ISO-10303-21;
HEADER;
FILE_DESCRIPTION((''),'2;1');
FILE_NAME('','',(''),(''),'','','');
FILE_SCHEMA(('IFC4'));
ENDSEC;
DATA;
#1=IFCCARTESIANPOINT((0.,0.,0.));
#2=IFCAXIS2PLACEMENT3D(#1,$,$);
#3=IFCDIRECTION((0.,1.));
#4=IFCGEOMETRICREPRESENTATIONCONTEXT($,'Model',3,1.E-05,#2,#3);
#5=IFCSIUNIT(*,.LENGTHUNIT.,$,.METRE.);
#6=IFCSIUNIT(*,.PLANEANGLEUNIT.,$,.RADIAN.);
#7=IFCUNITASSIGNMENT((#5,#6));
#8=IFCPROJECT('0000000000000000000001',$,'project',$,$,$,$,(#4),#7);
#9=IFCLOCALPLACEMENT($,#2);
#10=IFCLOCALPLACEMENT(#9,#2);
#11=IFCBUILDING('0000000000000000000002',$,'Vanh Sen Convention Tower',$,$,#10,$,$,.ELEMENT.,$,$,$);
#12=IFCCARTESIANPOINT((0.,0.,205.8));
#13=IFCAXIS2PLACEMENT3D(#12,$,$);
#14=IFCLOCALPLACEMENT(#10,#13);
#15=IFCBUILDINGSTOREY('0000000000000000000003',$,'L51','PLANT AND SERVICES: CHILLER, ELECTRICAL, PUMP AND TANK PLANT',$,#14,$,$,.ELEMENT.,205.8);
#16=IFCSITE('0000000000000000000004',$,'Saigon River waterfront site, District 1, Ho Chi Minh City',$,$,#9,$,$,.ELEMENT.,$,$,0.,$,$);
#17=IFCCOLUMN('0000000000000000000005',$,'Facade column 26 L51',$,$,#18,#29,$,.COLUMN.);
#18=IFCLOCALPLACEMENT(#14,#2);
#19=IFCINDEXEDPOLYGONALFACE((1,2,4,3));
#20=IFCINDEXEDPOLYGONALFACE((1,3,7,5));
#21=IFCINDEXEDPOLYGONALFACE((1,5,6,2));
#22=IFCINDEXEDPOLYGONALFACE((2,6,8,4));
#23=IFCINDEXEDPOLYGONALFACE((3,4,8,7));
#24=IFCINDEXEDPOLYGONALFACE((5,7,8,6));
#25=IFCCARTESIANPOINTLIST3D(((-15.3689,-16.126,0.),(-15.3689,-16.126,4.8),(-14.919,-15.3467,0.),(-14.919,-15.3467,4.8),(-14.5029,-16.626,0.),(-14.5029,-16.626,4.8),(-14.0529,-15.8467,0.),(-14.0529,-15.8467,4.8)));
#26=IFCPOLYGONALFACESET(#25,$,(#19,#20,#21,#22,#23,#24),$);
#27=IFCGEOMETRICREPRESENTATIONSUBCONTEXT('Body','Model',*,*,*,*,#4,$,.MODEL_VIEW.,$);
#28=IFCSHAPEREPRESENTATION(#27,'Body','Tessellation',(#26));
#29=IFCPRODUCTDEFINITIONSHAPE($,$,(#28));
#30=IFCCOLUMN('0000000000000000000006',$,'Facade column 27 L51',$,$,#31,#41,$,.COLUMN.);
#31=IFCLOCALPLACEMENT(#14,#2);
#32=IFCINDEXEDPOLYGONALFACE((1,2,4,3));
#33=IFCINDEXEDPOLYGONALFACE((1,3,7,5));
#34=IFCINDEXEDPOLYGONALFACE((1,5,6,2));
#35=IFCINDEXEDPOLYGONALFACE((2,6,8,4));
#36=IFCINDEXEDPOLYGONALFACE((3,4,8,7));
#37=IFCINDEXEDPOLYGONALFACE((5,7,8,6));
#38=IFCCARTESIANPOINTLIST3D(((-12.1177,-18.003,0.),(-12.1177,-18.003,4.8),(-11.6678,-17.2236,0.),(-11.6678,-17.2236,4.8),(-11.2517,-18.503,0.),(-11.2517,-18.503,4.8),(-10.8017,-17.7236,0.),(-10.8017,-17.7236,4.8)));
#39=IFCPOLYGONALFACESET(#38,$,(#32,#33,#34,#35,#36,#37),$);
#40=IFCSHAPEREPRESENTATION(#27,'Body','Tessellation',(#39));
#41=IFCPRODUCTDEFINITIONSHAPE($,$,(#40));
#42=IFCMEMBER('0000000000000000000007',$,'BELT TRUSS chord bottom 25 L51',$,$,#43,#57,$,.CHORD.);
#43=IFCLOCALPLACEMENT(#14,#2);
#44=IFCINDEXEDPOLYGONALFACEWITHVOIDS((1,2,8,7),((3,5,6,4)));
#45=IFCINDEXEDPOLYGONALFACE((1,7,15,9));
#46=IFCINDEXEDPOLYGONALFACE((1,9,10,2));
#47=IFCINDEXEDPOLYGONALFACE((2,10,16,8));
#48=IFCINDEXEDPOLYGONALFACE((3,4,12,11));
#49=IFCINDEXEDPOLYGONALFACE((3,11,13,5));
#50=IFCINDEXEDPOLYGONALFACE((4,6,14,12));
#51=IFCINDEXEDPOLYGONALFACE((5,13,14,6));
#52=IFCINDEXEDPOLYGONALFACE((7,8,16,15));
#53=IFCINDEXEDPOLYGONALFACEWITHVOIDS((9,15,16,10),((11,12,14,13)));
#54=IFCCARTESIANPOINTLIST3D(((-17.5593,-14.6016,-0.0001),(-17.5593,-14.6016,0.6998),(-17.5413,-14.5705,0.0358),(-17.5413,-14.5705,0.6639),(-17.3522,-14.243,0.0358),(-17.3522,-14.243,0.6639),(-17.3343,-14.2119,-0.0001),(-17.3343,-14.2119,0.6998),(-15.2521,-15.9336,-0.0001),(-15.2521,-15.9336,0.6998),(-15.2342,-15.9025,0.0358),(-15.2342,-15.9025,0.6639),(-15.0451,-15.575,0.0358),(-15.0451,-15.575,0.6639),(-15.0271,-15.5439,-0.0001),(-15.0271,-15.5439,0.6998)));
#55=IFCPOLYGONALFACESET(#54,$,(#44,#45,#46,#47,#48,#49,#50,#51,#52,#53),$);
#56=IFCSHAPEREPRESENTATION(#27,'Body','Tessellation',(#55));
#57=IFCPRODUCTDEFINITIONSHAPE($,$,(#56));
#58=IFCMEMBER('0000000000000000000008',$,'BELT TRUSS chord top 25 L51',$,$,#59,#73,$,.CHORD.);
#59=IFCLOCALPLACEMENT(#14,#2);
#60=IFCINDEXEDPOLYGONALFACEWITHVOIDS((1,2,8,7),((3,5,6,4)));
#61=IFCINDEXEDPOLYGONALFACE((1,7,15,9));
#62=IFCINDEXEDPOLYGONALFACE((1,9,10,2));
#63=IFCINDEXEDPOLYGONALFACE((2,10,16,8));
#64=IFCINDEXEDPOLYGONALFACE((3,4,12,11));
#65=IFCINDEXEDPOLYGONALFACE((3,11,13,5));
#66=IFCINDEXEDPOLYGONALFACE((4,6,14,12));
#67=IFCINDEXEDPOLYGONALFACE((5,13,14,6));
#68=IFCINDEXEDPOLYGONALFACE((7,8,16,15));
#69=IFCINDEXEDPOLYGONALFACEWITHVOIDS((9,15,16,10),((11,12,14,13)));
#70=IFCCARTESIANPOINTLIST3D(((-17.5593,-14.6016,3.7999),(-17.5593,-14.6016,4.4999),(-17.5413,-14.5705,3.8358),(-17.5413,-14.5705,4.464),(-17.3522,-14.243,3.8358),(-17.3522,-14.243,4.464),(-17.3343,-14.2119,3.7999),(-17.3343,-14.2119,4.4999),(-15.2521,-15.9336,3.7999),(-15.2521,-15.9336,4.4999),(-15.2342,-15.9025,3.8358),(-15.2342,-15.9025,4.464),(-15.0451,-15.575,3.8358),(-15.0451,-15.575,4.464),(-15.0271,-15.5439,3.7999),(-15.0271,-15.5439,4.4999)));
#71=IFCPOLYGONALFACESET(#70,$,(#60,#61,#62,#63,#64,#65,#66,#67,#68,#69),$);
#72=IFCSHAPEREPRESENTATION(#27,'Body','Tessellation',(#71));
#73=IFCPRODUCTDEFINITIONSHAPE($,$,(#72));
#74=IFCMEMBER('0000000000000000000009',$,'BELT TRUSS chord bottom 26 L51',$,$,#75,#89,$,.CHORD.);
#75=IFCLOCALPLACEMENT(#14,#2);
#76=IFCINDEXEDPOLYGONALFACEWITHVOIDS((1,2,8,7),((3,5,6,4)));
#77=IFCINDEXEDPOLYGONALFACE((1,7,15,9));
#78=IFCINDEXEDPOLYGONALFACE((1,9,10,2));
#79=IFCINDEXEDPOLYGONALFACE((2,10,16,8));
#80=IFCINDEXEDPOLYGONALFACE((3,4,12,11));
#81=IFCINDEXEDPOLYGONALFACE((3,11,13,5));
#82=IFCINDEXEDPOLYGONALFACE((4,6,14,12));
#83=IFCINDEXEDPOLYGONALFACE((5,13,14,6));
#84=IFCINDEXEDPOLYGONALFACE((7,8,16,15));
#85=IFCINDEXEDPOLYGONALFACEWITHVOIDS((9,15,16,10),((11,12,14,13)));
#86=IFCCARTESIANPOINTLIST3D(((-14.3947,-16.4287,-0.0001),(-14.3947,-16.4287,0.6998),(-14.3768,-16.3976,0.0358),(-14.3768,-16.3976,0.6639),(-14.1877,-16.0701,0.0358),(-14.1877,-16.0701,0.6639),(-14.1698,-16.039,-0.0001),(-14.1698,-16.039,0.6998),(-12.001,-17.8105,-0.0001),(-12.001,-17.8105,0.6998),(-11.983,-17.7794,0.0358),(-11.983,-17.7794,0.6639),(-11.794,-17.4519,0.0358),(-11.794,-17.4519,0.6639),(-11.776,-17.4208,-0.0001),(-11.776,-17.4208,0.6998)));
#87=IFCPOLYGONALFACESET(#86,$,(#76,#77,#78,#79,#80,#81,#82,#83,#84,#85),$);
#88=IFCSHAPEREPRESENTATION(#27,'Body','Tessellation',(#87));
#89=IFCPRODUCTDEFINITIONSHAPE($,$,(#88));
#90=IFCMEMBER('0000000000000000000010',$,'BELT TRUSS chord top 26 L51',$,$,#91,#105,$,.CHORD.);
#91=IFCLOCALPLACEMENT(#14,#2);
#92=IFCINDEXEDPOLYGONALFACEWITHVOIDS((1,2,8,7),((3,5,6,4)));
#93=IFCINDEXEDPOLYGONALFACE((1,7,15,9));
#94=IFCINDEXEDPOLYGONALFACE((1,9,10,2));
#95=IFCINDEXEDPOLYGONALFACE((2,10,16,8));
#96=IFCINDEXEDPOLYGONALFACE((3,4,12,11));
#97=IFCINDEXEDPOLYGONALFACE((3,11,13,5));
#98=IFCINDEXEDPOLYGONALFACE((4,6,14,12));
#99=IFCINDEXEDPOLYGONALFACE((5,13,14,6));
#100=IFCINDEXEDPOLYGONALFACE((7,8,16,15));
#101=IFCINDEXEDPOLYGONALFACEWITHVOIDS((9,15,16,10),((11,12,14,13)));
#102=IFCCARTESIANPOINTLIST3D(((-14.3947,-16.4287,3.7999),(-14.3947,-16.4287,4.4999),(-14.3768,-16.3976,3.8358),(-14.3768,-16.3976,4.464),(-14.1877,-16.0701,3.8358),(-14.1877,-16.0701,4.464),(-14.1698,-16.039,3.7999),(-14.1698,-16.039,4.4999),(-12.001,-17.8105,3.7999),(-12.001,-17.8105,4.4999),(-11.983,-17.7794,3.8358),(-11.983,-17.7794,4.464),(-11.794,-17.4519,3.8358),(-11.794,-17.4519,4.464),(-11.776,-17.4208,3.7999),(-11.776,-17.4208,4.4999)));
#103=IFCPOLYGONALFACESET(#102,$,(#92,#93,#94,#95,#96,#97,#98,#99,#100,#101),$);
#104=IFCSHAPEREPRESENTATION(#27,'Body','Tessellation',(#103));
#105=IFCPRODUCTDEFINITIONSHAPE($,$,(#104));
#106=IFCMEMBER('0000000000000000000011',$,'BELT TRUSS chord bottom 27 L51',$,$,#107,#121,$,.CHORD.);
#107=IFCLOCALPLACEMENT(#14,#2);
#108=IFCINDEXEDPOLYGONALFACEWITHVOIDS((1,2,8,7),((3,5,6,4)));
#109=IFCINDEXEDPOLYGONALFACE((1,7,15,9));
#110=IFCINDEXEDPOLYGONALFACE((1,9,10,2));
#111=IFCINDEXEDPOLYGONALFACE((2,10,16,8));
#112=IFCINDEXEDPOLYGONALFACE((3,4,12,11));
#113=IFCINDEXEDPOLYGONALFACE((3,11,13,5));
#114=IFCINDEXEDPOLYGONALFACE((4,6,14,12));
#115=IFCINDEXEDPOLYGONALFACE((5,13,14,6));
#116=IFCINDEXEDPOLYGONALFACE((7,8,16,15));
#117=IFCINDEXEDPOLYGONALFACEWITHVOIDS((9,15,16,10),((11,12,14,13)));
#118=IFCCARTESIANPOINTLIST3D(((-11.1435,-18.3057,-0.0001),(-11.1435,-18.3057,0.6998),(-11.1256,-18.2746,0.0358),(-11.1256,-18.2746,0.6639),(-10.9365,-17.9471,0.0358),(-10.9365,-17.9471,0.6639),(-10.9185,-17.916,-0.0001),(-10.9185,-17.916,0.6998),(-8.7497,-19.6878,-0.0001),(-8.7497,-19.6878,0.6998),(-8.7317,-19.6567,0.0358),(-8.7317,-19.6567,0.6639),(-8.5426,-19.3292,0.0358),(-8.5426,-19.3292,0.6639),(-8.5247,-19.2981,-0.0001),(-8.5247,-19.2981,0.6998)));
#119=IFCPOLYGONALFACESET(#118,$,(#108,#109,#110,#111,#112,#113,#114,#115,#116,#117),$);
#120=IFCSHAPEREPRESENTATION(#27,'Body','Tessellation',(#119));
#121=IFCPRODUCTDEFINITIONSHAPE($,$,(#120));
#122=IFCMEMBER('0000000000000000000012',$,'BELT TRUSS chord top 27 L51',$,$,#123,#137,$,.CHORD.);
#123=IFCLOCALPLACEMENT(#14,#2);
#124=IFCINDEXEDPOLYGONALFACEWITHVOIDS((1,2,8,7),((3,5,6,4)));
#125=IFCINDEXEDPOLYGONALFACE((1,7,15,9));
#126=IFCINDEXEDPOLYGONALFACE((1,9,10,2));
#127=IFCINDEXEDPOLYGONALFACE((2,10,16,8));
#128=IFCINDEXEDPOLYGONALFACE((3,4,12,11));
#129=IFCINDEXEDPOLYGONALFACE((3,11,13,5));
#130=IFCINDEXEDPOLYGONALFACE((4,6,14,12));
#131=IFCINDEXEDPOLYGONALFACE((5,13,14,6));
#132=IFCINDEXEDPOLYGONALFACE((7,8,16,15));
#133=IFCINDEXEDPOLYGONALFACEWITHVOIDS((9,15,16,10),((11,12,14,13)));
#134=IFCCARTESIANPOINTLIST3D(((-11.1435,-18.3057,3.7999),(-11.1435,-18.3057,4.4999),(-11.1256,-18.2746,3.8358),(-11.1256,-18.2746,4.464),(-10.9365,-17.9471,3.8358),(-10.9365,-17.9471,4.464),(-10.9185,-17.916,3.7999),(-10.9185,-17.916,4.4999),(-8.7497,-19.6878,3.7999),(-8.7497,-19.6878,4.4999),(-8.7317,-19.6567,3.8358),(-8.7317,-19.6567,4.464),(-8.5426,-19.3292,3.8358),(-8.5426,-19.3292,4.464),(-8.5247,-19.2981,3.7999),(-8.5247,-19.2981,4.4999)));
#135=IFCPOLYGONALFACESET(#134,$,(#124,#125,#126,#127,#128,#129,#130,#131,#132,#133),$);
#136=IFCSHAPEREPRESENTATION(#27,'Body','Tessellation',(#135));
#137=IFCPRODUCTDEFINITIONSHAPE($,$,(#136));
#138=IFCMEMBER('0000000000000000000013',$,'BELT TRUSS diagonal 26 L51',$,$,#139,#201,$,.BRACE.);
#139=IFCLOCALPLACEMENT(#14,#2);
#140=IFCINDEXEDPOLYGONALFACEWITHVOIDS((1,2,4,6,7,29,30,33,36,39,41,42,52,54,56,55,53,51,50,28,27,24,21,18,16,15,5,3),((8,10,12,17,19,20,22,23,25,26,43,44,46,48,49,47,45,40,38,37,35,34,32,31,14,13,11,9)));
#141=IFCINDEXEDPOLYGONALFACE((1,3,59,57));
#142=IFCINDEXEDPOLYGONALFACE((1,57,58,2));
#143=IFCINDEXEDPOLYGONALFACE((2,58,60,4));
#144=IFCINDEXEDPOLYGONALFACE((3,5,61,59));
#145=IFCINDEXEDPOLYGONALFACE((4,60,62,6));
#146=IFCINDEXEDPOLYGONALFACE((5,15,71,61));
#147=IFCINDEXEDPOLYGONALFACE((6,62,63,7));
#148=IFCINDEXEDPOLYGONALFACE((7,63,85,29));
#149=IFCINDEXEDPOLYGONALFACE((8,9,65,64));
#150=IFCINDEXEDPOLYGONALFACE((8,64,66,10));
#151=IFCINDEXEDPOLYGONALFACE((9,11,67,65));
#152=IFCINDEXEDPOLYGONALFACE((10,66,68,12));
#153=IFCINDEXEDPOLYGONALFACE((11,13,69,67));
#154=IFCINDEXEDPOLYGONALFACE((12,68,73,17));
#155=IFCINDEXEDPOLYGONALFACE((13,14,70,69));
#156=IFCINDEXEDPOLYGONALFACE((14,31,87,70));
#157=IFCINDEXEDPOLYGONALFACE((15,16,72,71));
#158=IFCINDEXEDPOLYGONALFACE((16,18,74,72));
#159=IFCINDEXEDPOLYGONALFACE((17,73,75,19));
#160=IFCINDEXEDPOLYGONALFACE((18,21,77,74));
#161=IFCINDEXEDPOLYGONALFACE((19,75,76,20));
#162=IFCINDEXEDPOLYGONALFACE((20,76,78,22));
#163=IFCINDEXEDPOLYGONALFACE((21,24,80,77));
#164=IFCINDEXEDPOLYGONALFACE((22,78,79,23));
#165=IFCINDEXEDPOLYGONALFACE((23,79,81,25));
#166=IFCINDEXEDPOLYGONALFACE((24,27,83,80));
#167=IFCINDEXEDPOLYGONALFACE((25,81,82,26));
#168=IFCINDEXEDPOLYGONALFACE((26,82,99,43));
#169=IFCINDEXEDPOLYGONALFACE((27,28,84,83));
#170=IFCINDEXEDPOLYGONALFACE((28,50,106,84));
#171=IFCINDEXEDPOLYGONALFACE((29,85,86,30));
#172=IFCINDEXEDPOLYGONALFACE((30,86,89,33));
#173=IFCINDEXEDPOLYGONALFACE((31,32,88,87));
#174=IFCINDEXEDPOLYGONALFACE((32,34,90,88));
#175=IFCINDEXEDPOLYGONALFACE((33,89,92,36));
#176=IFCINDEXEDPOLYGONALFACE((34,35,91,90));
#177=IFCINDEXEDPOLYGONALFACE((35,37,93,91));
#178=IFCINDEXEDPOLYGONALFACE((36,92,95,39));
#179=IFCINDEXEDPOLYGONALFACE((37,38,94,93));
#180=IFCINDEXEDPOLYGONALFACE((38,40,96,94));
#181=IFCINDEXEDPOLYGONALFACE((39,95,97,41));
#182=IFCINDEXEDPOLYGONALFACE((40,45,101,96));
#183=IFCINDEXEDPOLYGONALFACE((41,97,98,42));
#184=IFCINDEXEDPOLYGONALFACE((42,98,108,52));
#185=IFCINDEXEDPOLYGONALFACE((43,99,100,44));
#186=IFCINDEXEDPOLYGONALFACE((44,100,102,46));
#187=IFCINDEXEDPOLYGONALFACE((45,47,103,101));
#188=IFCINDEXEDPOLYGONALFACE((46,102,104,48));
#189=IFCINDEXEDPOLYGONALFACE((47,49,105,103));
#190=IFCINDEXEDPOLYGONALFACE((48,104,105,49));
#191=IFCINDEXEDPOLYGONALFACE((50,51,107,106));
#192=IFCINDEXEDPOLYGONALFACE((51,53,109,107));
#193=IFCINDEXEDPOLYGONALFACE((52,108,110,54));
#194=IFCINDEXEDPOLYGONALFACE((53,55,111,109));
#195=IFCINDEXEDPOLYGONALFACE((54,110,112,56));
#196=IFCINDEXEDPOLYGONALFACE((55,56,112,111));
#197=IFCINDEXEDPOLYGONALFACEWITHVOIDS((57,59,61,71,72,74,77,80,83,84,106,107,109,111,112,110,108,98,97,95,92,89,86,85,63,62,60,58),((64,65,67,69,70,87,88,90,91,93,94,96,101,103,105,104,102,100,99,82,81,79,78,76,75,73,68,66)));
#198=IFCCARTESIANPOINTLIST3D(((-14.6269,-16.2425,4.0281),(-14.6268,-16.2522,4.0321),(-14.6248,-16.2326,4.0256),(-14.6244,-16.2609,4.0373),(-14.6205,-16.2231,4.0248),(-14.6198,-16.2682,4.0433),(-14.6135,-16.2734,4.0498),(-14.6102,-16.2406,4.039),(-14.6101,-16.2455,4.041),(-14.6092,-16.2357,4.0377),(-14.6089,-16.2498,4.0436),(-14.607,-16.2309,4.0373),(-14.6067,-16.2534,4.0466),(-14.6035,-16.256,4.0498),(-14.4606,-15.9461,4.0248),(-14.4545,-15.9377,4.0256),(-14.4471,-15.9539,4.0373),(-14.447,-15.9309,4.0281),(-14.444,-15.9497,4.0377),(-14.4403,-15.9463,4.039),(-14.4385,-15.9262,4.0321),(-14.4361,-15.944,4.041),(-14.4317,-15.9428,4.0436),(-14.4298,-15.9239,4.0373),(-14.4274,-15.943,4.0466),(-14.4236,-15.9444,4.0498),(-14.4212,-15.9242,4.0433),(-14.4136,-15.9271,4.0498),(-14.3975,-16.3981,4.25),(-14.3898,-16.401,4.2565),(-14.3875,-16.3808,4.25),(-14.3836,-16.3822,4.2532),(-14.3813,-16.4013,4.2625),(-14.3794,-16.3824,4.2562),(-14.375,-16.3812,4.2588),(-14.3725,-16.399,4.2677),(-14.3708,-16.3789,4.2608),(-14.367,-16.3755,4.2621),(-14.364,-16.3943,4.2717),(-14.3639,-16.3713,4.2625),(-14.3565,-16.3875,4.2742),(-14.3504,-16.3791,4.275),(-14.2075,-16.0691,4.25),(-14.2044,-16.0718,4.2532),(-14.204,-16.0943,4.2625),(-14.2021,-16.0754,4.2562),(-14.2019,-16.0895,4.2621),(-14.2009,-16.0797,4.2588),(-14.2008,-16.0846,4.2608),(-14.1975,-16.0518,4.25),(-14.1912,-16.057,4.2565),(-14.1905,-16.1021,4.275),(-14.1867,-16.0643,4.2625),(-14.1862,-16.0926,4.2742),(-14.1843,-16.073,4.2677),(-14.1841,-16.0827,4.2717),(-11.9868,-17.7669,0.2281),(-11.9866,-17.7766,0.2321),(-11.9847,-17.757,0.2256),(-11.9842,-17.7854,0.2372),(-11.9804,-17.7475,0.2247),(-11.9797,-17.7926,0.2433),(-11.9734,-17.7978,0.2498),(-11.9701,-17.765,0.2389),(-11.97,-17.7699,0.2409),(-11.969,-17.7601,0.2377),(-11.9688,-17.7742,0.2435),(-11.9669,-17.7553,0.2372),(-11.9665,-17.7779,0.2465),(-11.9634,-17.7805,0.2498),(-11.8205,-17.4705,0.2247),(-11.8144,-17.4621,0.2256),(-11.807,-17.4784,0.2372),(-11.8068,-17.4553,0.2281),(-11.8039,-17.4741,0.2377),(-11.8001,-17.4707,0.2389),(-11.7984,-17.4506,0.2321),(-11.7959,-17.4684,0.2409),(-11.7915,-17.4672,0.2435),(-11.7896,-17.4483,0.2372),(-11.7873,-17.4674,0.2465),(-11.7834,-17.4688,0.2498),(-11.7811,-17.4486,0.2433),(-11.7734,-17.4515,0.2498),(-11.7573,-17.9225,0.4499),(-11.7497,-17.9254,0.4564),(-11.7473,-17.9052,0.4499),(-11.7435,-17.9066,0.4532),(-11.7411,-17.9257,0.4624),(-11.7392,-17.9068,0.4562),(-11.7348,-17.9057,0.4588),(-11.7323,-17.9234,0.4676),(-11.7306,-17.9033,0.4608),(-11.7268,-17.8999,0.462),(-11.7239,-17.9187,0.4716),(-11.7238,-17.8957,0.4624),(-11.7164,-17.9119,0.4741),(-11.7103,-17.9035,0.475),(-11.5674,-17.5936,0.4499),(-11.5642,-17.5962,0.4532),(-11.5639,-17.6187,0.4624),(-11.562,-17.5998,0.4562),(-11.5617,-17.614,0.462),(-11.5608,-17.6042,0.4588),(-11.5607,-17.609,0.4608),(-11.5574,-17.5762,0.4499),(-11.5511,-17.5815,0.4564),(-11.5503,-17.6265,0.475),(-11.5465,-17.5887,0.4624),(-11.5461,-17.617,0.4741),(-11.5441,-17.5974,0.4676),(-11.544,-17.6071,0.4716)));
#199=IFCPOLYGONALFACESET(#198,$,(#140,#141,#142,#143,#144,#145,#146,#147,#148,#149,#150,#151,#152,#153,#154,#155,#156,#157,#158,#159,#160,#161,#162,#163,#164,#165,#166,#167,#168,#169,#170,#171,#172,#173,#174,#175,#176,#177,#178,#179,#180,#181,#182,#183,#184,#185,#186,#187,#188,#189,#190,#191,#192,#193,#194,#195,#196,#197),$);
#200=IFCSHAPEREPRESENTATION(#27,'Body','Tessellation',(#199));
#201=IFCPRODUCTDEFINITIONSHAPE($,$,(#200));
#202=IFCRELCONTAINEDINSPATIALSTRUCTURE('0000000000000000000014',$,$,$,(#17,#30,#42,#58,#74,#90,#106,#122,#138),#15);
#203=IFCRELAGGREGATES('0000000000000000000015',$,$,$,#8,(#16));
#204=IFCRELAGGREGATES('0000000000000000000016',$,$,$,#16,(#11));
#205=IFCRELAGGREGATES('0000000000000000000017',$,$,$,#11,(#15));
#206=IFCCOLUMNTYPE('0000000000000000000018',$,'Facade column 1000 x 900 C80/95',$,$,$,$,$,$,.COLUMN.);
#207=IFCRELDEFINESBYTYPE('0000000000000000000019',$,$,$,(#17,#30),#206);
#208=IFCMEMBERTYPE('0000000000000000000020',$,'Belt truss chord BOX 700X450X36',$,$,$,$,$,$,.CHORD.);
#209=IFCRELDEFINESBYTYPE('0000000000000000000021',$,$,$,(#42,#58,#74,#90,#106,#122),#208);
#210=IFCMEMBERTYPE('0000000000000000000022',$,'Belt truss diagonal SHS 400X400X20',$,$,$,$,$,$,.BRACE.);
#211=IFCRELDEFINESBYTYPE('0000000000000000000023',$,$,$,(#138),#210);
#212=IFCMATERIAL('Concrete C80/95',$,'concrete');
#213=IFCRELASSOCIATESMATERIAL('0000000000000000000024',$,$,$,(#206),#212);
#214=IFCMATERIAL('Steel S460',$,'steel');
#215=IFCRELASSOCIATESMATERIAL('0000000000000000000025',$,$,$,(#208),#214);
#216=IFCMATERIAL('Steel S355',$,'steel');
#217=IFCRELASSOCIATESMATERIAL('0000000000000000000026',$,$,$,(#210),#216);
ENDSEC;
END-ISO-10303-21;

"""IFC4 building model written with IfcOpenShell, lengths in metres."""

from ifc_helpers import new_model, si_unit, direction, frame, origin, origin_2d, place, context, subcontext, project, spatial, rectangle, hollow_rectangle, extrude, material, material_profile, profile_set, type_object, element, save


model = new_model("IFC4")

# Units and contexts
model_context = context("Model", 3, precision=1e-05, world=origin(), true_north=direction((0.0, 1.0)))
body_context = subcontext(model_context, "Body", "Model", "MODEL_VIEW")
ifc_project = project(units=[si_unit("LENGTHUNIT", "METRE"), si_unit("PLANEANGLEUNIT", "RADIAN")], contexts=[model_context])

# Site, building, storey
site_placement = place(None, origin())
site = spatial("IfcSite", under=ifc_project, at=site_placement, Name="Saigon River waterfront site, District 1, Ho Chi Minh City", CompositionType="ELEMENT", RefElevation=0.0)
building_placement = place(site_placement, origin())
building = spatial("IfcBuilding", under=site, at=building_placement, Name="Vanh Sen Convention Tower", CompositionType="ELEMENT")
storey_placement = place(building_placement, frame((0.0, 0.0, 205.8)))
storey = spatial("IfcBuildingStorey", under=building, at=storey_placement, Name="L51", Description="PLANT AND SERVICES: CHILLER, ELECTRICAL, PUMP AND TANK PLANT", CompositionType="ELEMENT", Elevation=205.8)

# Columns
ifc_material_1 = material(Name="Concrete C80/95", Category="concrete")
ifc_material_profile_1 = material_profile(ifc_material_1, rectangle(XDim=1.0, YDim=0.8999, at=origin_2d()), Name="RC 1000X900")
ifc_profile_set_1 = profile_set([ifc_material_profile_1], Name="Concrete C80/95")
column_type = type_object("IfcColumnType", Name="Facade column 1000 x 900 C80/95", PredefinedType="COLUMN", material=ifc_profile_set_1)
for number, where, z_axis, x_axis, name in (
    (1, (-14.7109, -15.9863, 0.0), (0.0, 0.0, 1.0), (0.866025, -0.5, 0.0), "Facade column 26 L51"),
    (2, (-11.4597, -17.8633, 0.0), (0.0, 0.0, 1.0), (0.866025, -0.5, 0.0), "Facade column 27 L51"),
):
    element("IfcColumn", number, at=place(storey_placement, frame(where, z_axis=z_axis, x_axis=x_axis)), inside=storey, type_object=column_type, Name=name, PredefinedType="COLUMN", context=body_context, shape_type="SweptSolid", body=[
        extrude(rectangle(XDim=1.0, YDim=0.8999, at=origin_2d()), origin(), (0.0, 0.0, 1.0), 4.8),
    ])

# Members
ifc_material_2 = material(Name="Steel S460", Category="steel")
ifc_material_profile_2 = material_profile(ifc_material_2, hollow_rectangle(XDim=0.45, YDim=0.7, WallThickness=0.0359, at=origin_2d()), Name="BOX 700X450X36")
ifc_profile_set_2 = profile_set([ifc_material_profile_2], Name="Steel S460")
member_type_1 = type_object("IfcMemberType", Name="Belt truss chord BOX 700X450X36", PredefinedType="CHORD", material=ifc_profile_set_2)
for number, where, z_axis, x_axis, name in (
    (3, (-17.4468, -14.4067, 0.3499), (0.866024, -0.500003, 0.0), (0.500003, 0.866024, 0.0), "BELT TRUSS chord bottom 25 L51"),
    (4, (-17.4468, -14.4067, 4.1499), (0.866024, -0.500003, 0.0), (0.500003, 0.866024, 0.0), "BELT TRUSS chord top 25 L51"),
):
    element("IfcMember", number, at=place(storey_placement, frame(where, z_axis=z_axis, x_axis=x_axis)), inside=storey, type_object=member_type_1, Name=name, PredefinedType="CHORD", context=body_context, shape_type="SweptSolid", body=[
        extrude(hollow_rectangle(XDim=0.45, YDim=0.7, WallThickness=0.0359, at=origin_2d()), origin(), (0.0, 0.0, 1.0), 2.6641),
    ])
for number, where, z_axis, x_axis, name in (
    (5, (-14.2822, -16.2339, 0.3499), (0.866061, -0.499939, 0.0), (0.499939, 0.866061, 0.0), "BELT TRUSS chord bottom 26 L51"),
    (6, (-14.2822, -16.2339, 4.1499), (0.866061, -0.499939, 0.0), (0.499939, 0.866061, 0.0), "BELT TRUSS chord top 26 L51"),
):
    element("IfcMember", number, at=place(storey_placement, frame(where, z_axis=z_axis, x_axis=x_axis)), inside=storey, type_object=member_type_1, Name=name, PredefinedType="CHORD", context=body_context, shape_type="SweptSolid", body=[
        extrude(hollow_rectangle(XDim=0.45, YDim=0.7, WallThickness=0.0359, at=origin_2d()), origin(), (0.0, 0.0, 1.0), 2.7639),
    ])
for number, where, z_axis, x_axis, name in (
    (7, (-11.031, -18.1108, 0.3499), (0.866022, -0.500005, 0.0), (0.500005, 0.866022, 0.0), "BELT TRUSS chord bottom 27 L51"),
    (8, (-11.031, -18.1108, 4.1499), (0.866022, -0.500005, 0.0), (0.500005, 0.866022, 0.0), "BELT TRUSS chord top 27 L51"),
):
    element("IfcMember", number, at=place(storey_placement, frame(where, z_axis=z_axis, x_axis=x_axis)), inside=storey, type_object=member_type_1, Name=name, PredefinedType="CHORD", context=body_context, shape_type="SweptSolid", body=[
        extrude(hollow_rectangle(XDim=0.45, YDim=0.7, WallThickness=0.0359, at=origin_2d()), origin(), (0.0, 0.0, 1.0), 2.7642),
    ])
ifc_material_3 = material(Name="Steel S355", Category="steel")
ifc_material_profile_3 = material_profile(ifc_material_3, hollow_rectangle(XDim=0.3999, YDim=0.3999, WallThickness=0.02, InnerFilletRadius=0.02, OuterFilletRadius=0.04, at=origin_2d()), Name="SHS 400X400X20")
ifc_profile_set_3 = profile_set([ifc_material_profile_3], Name="Steel S355")
member_type_2 = type_object("IfcMemberType", Name="Belt truss diagonal SHS 400X400X20", PredefinedType="BRACE", material=ifc_profile_set_3)
for number, where, z_axis, x_axis, name in (
    (9, (-14.4055, -16.1626, 4.1499), (0.541921, -0.312905, -0.780008), (0.500032, 0.866007, 0.0), "BELT TRUSS diagonal 26 L51"),
):
    element("IfcMember", number, at=place(storey_placement, frame(where, z_axis=z_axis, x_axis=x_axis)), inside=storey, type_object=member_type_2, Name=name, PredefinedType="BRACE", context=body_context, shape_type="SweptSolid", body=[
        extrude(hollow_rectangle(XDim=0.3999, YDim=0.3999, WallThickness=0.02, InnerFilletRadius=0.02, OuterFilletRadius=0.04, at=origin_2d()), origin(), (0.0, 0.0, 1.0), 4.8718),
    ])

save(model, "model.ifc")
